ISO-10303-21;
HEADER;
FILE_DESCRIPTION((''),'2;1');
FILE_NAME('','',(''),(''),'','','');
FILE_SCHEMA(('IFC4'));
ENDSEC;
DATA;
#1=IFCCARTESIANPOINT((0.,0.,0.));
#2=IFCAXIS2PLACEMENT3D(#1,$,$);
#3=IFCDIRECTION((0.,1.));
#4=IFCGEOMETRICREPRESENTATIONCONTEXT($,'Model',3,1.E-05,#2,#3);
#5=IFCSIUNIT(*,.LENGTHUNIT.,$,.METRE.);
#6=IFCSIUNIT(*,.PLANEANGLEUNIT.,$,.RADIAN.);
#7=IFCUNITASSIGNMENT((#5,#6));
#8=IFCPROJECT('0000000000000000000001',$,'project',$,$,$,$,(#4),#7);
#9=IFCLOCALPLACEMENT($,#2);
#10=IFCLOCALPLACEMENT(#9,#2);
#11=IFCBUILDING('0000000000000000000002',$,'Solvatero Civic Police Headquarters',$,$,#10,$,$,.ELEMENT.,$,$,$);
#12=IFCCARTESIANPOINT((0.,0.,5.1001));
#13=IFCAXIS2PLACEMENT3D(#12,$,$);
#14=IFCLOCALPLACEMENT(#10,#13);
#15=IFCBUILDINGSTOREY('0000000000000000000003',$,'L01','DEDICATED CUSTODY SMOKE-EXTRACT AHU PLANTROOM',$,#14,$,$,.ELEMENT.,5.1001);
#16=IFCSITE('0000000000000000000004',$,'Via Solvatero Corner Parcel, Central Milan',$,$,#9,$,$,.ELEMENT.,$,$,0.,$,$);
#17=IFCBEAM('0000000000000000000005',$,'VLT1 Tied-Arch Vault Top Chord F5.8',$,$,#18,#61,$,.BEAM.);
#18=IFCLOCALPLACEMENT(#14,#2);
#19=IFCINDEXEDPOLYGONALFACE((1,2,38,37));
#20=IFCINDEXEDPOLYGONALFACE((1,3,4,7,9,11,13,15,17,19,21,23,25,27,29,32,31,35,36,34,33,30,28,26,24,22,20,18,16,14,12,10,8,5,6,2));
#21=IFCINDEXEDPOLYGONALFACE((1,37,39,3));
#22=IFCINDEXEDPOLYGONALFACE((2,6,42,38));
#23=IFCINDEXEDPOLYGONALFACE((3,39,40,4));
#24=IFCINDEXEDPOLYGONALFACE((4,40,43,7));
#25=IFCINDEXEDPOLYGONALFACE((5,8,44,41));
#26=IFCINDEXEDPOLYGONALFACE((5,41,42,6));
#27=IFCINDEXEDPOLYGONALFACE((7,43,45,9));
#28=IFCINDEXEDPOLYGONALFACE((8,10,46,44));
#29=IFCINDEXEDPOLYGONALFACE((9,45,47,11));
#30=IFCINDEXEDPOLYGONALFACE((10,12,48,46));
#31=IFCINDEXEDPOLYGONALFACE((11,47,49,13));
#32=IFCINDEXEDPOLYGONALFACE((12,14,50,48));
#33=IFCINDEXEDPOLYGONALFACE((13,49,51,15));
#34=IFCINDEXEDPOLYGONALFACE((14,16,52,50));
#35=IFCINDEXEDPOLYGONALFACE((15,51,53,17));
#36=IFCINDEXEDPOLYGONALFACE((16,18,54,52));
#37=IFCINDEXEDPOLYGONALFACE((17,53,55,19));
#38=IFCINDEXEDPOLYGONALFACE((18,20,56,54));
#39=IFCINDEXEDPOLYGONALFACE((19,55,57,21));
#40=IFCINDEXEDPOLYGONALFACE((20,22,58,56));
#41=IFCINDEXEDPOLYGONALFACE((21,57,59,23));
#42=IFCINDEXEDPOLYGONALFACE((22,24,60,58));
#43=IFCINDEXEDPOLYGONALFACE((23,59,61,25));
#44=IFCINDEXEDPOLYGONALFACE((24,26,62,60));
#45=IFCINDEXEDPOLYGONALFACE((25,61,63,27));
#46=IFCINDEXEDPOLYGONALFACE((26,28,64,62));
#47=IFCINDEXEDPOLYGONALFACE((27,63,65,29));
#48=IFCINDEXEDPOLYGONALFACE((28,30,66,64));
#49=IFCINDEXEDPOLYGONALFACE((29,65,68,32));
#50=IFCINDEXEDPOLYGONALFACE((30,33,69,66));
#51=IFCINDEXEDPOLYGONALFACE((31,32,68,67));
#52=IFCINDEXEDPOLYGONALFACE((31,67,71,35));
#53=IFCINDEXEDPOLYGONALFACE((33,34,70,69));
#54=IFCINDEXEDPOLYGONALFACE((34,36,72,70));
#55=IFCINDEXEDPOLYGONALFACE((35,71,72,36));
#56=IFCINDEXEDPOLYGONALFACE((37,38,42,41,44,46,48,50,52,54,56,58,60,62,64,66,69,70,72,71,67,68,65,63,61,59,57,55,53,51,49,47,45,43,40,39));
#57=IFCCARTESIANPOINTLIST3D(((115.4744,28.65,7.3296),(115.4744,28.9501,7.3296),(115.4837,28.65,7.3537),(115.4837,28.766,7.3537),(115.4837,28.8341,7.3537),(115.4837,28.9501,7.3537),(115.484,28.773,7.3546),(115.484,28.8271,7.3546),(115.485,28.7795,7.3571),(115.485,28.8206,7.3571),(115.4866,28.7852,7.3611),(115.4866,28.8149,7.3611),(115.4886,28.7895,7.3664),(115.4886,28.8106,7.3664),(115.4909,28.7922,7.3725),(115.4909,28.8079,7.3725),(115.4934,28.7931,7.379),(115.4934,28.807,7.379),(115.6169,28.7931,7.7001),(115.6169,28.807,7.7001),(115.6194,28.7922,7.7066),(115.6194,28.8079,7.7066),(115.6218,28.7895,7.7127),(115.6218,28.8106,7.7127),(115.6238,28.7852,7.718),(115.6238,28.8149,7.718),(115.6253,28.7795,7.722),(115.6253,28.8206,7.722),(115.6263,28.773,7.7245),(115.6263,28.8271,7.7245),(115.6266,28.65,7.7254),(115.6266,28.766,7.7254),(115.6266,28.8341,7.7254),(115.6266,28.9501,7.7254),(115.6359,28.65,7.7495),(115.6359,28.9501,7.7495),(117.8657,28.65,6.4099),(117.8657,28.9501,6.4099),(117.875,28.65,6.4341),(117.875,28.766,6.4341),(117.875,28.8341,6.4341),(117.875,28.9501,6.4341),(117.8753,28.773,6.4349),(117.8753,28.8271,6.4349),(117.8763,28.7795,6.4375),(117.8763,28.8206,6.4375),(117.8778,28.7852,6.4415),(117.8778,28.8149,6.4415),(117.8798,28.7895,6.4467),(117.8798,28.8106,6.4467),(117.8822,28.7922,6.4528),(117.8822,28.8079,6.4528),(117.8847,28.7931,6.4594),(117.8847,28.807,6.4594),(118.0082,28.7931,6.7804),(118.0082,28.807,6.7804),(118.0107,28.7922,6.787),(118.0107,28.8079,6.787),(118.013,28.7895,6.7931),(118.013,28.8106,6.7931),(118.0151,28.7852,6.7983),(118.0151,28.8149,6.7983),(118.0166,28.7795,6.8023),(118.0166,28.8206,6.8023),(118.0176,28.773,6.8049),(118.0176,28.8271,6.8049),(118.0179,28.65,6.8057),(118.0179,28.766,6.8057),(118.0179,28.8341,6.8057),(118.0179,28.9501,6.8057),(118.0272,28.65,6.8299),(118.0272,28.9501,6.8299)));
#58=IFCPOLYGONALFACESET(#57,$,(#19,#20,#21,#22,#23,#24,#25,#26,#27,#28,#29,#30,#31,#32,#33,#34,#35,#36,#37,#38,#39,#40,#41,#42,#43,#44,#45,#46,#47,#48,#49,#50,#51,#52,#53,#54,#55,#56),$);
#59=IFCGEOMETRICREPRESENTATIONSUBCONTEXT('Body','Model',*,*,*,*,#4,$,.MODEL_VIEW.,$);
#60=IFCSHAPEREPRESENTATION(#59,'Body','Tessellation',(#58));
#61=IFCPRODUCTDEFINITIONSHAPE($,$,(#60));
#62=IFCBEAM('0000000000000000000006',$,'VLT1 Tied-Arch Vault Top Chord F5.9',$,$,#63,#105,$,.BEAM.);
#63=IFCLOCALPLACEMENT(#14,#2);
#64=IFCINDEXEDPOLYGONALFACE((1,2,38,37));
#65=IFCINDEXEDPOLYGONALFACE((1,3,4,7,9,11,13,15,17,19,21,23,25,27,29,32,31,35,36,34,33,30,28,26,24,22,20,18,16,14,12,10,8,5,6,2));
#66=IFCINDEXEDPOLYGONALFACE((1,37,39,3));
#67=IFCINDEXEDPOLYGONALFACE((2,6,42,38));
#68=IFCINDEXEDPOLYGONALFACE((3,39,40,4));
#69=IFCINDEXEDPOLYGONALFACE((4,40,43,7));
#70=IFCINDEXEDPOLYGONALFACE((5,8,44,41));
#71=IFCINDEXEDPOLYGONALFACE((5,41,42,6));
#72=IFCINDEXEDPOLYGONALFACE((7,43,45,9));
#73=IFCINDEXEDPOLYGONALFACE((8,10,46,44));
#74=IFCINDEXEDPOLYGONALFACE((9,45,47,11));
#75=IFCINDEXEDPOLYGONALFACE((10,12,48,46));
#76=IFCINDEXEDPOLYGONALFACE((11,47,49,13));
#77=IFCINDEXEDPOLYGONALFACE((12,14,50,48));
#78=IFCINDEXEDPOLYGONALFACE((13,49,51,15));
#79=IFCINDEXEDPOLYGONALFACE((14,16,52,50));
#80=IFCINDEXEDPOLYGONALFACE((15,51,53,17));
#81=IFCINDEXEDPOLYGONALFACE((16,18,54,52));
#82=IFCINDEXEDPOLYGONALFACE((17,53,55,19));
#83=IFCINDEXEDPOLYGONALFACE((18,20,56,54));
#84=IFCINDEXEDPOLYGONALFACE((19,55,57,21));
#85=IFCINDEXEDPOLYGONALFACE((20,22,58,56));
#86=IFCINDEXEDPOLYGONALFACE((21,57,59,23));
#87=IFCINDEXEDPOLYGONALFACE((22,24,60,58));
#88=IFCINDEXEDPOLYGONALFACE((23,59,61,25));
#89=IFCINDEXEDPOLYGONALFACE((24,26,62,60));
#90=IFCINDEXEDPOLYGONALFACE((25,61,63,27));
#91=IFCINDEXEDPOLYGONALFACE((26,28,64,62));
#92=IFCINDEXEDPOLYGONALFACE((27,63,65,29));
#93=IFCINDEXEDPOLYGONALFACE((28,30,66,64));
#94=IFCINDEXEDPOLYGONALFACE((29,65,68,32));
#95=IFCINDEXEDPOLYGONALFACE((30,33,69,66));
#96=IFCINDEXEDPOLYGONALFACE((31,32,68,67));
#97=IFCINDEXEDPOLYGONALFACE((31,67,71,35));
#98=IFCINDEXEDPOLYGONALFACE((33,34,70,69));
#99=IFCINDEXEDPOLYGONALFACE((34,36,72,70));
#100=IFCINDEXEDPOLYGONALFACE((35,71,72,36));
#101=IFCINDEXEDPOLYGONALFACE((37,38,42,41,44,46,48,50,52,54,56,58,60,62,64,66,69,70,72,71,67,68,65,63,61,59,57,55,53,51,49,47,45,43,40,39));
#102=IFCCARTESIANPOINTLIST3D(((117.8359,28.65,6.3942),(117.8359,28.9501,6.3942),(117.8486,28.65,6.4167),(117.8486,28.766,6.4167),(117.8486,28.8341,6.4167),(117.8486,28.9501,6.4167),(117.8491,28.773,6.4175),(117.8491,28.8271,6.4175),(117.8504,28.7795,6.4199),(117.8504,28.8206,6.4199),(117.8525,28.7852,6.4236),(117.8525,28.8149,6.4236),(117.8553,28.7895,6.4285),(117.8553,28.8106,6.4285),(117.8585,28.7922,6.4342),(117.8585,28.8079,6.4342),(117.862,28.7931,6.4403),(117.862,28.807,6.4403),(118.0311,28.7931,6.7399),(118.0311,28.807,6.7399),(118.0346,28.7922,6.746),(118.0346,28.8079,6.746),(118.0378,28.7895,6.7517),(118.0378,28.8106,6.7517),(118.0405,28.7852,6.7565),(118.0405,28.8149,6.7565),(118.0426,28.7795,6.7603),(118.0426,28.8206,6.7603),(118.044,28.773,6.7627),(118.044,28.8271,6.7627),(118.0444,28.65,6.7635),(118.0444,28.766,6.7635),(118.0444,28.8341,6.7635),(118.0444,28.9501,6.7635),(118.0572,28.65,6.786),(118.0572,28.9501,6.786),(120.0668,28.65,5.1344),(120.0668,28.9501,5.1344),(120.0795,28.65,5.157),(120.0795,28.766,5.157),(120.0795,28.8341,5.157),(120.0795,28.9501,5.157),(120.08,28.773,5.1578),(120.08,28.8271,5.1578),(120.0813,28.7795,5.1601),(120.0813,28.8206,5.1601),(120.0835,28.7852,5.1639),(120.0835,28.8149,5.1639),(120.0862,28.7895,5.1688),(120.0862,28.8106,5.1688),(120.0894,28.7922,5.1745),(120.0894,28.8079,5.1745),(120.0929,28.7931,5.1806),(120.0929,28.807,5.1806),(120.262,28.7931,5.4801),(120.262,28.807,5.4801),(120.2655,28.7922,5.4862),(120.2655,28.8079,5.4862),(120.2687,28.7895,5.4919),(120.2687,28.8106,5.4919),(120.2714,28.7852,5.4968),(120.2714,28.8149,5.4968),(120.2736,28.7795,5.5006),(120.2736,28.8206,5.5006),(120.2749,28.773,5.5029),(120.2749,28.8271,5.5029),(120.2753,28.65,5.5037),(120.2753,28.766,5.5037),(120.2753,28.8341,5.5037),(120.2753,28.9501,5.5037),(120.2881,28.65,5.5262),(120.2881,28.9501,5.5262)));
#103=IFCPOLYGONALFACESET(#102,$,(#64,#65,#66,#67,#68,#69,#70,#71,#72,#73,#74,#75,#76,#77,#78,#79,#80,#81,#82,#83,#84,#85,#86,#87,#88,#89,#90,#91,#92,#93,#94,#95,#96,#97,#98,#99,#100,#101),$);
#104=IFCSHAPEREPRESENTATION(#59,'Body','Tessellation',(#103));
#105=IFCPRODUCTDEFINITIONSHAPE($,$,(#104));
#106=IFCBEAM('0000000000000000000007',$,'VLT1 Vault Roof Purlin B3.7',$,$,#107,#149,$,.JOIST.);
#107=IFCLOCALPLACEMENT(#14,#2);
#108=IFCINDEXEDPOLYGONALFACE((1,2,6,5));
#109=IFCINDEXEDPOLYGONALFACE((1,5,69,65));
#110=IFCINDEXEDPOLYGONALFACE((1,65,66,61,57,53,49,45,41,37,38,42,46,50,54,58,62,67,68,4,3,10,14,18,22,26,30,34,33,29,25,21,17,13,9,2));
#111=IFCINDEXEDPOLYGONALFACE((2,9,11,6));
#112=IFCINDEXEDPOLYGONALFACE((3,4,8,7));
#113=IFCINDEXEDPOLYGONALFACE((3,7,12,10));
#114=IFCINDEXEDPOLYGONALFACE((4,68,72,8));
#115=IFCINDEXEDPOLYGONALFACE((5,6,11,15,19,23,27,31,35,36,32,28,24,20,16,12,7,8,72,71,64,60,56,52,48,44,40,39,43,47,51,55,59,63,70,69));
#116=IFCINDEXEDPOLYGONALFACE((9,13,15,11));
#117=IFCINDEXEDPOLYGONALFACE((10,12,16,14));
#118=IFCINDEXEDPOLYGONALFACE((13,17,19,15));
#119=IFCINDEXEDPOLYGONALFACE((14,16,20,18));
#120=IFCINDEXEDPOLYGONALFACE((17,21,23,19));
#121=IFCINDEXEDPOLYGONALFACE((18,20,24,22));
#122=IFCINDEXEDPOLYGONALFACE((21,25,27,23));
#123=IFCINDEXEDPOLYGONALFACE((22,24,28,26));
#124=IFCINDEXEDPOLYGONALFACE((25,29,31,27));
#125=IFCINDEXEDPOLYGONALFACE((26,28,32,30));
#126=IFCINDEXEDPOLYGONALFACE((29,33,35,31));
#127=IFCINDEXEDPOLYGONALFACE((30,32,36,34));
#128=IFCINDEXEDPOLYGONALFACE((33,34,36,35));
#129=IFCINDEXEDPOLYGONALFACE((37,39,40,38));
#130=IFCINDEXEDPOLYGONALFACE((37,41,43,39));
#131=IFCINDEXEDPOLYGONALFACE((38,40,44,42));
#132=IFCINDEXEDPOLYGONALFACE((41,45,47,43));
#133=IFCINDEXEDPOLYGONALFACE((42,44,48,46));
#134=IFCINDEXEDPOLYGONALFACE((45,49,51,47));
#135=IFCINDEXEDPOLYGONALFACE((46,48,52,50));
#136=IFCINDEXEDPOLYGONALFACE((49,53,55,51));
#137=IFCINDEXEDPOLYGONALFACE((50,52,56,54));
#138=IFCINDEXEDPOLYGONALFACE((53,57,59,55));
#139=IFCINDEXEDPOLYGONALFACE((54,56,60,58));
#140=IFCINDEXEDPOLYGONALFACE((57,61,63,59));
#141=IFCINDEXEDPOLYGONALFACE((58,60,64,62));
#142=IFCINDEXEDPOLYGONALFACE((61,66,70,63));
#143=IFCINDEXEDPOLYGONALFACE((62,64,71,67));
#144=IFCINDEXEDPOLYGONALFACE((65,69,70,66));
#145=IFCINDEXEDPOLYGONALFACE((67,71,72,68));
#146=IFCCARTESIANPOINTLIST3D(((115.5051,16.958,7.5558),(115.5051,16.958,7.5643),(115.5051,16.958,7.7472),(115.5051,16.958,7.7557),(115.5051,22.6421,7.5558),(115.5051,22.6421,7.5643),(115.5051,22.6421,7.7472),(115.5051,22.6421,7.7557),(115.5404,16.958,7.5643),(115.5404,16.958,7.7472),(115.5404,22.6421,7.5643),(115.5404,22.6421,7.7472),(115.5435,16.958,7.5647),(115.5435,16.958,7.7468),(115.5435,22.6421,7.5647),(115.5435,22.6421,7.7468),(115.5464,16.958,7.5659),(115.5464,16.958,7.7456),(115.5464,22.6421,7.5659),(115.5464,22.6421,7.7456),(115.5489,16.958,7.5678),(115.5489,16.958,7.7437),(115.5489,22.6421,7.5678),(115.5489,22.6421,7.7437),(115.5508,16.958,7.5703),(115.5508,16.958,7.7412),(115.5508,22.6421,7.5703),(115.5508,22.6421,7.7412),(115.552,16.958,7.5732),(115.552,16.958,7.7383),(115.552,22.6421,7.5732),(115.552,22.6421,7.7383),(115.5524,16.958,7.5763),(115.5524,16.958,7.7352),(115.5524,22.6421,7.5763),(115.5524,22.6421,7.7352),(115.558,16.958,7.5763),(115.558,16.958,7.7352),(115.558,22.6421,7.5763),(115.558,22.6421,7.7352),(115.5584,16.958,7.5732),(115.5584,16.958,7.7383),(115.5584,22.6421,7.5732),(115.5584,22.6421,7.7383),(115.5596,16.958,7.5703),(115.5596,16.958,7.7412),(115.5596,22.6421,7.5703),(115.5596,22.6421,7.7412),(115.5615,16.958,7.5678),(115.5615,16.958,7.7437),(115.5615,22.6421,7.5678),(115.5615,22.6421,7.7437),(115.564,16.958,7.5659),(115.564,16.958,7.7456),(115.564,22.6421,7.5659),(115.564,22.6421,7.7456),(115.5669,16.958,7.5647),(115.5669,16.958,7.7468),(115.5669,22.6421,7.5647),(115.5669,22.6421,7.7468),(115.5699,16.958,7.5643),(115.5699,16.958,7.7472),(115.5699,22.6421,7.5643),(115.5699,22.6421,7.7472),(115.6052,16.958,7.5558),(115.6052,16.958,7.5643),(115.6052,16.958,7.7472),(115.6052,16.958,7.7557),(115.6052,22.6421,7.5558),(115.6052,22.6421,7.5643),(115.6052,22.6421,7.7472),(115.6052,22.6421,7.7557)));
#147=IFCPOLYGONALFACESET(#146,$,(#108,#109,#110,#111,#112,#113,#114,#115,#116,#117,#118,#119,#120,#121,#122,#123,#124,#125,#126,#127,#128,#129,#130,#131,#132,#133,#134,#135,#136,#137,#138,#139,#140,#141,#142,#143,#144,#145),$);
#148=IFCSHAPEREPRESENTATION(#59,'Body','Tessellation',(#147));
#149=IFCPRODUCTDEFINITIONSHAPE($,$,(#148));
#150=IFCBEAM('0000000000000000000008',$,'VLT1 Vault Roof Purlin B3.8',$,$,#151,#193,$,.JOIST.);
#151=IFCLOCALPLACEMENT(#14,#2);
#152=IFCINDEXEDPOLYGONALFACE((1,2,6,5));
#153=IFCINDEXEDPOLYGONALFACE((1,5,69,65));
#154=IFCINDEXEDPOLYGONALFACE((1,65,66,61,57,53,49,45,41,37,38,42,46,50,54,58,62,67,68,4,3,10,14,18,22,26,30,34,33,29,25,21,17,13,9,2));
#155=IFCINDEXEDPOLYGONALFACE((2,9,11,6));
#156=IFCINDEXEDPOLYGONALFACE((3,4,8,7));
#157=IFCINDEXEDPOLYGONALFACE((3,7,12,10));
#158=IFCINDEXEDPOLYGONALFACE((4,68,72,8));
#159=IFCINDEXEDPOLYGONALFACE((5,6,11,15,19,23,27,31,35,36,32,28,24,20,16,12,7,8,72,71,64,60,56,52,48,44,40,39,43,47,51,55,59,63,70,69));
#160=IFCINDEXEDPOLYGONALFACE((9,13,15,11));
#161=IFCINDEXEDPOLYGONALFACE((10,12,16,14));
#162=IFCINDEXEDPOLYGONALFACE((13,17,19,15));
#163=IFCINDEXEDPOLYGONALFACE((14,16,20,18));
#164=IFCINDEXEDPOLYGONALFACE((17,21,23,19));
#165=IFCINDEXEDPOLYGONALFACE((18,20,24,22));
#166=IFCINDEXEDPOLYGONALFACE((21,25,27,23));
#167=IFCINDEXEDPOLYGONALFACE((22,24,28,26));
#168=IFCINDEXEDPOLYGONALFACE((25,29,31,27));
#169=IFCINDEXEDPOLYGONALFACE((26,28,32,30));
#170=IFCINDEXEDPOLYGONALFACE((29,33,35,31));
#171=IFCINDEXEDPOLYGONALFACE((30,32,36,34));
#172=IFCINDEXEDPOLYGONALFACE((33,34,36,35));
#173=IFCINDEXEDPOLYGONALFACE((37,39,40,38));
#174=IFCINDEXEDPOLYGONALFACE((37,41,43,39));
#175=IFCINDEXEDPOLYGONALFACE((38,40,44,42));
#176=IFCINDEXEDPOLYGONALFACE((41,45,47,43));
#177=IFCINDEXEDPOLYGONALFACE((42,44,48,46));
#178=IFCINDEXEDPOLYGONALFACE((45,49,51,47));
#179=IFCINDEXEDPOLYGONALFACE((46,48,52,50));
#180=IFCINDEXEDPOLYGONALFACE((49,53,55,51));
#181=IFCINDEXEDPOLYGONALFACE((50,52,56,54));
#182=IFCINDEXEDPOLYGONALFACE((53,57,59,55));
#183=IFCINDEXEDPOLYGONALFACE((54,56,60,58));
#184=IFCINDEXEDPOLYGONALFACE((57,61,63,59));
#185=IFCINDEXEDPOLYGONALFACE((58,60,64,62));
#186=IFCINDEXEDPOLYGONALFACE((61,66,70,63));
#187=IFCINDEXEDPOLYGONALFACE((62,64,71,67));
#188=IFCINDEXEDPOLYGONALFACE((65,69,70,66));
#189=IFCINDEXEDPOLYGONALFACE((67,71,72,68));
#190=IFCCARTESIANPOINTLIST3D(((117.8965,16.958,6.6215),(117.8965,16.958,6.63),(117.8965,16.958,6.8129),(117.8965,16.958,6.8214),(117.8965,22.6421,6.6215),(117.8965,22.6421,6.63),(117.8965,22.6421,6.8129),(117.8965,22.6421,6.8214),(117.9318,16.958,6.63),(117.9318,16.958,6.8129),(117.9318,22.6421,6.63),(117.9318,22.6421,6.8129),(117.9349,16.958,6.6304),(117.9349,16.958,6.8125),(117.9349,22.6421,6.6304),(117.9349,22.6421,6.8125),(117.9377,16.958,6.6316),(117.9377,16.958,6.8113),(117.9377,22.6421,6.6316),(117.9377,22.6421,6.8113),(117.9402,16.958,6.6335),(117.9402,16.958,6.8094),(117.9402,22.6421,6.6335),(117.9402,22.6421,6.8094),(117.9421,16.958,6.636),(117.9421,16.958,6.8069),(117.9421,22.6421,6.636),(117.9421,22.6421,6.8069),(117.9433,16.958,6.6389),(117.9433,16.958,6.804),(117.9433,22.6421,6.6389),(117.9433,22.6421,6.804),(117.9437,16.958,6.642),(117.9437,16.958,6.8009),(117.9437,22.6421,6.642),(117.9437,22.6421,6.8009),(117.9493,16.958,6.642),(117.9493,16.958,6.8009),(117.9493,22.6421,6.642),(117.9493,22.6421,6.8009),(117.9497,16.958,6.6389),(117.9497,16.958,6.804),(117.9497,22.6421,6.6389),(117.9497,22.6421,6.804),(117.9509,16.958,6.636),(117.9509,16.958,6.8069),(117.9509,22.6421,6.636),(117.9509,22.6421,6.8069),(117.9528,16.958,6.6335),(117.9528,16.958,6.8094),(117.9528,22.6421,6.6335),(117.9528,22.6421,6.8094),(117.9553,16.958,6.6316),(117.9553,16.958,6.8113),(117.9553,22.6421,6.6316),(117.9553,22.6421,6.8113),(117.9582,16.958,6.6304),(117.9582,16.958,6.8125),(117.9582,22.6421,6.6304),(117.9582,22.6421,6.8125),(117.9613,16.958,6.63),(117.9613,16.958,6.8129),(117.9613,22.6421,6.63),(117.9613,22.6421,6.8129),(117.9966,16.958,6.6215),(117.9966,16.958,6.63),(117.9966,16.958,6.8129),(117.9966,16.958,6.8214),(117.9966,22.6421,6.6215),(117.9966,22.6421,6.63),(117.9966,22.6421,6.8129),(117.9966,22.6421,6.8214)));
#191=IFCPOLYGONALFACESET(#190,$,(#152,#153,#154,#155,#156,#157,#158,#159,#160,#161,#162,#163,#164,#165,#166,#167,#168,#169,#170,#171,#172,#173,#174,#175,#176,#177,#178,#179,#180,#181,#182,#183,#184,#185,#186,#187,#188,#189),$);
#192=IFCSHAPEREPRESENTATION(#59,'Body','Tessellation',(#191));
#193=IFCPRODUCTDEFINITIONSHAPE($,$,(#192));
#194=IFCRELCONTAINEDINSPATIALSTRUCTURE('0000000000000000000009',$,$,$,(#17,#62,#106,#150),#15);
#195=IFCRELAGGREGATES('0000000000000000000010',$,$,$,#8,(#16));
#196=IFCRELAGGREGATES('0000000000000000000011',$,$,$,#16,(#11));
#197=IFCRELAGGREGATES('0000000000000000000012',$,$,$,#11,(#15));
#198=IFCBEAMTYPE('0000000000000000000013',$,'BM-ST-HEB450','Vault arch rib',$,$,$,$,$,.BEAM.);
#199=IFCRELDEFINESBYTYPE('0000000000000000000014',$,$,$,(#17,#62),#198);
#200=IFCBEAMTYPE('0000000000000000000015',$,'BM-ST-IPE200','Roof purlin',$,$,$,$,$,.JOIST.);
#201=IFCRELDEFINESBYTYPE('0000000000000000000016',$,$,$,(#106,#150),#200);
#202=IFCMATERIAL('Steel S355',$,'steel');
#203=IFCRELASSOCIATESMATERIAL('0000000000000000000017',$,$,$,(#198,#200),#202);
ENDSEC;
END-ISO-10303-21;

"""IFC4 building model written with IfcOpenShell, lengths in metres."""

from ifc_helpers import new_model, si_unit, direction, frame, origin, origin_2d, place, context, subcontext, project, spatial, i_section, extrude, material, material_profile, profile_set, type_object, element, save


model = new_model("IFC4")

# Units and contexts
model_context = context("Model", 3, precision=1e-05, world=origin(), true_north=direction((0.0, 1.0)))
body_context = subcontext(model_context, "Body", "Model", "MODEL_VIEW")
ifc_project = project(units=[si_unit("LENGTHUNIT", "METRE"), si_unit("PLANEANGLEUNIT", "RADIAN")], contexts=[model_context])

# Site, building, storey
site_placement = place(None, origin())
site = spatial("IfcSite", under=ifc_project, at=site_placement, Name="Via Solvatero Corner Parcel, Central Milan", CompositionType="ELEMENT", RefElevation=0.0)
building_placement = place(site_placement, origin())
building = spatial("IfcBuilding", under=site, at=building_placement, Name="Solvatero Civic Police Headquarters", CompositionType="ELEMENT")
storey_placement = place(building_placement, frame((0.0, 0.0, 5.1001)))
storey = spatial("IfcBuildingStorey", under=building, at=storey_placement, Name="L01", Description="DEDICATED CUSTODY SMOKE-EXTRACT AHU PLANTROOM", CompositionType="ELEMENT", Elevation=5.1001)

# Beams
ifc_material = material(Name="Steel S355", Category="steel")
ifc_material_profile_1 = material_profile(ifc_material, i_section(OverallWidth=0.3, OverallDepth=0.45, WebThickness=0.0139, FlangeThickness=0.0259, FilletRadius=0.0271, at=origin_2d()), Name="HEB 450")
ifc_profile_set_1 = profile_set([ifc_material_profile_1], Name="Steel S355")
beam_type_1 = type_object("IfcBeamType", Name="BM-ST-HEB450", Description="Vault arch rib", PredefinedType="BEAM", material=ifc_profile_set_1)
for number, where, z_axis, x_axis, name in (
    (1, (115.5552, 28.8, 7.5396), (0.933355, 0.0, -0.358954), (0.0, 1.0, 0.0), "VLT1 Tied-Arch Vault Top Chord F5.8"),
    (2, (117.9465, 28.8, 6.5901), (0.870765, 0.0, -0.491699), (0.0, 1.0, 0.0), "VLT1 Tied-Arch Vault Top Chord F5.9"),
):
    element("IfcBeam", number, at=place(storey_placement, frame(where, z_axis=z_axis, x_axis=x_axis)), inside=storey, type_object=beam_type_1, Name=name, PredefinedType="BEAM", context=body_context, shape_type="SweptSolid", body=[
        extrude(i_section(OverallWidth=0.3, OverallDepth=0.45, WebThickness=0.0139, FlangeThickness=0.0259, FilletRadius=0.0271, at=origin_2d()), origin(), (0.0, 0.0, 1.0), 2.562),
    ])
ifc_material_profile_2 = material_profile(ifc_material, i_section(OverallWidth=0.1001, OverallDepth=0.2, WebThickness=0.0056, FlangeThickness=0.0085, FilletRadius=0.012, at=origin_2d()), Name="IPE 200")
ifc_profile_set_2 = profile_set([ifc_material_profile_2], Name="Steel S355")
beam_type_2 = type_object("IfcBeamType", Name="BM-ST-IPE200", Description="Roof purlin", PredefinedType="JOIST", material=ifc_profile_set_2)
for number, where, z_axis, x_axis, name in (
    (3, (115.5552, 16.958, 7.6558), (0.0, 1.0, 0.0), (-1.0, 0.0, 0.0), "VLT1 Vault Roof Purlin B3.7"),
    (4, (117.9465, 16.958, 6.7214), (0.0, 1.0, 0.0), (-1.0, 0.0, 0.0), "VLT1 Vault Roof Purlin B3.8"),
):
    element("IfcBeam", number, at=place(storey_placement, frame(where, z_axis=z_axis, x_axis=x_axis)), inside=storey, type_object=beam_type_2, Name=name, PredefinedType="JOIST", context=body_context, shape_type="SweptSolid", body=[
        extrude(i_section(OverallWidth=0.1001, OverallDepth=0.2, WebThickness=0.0056, FlangeThickness=0.0085, FilletRadius=0.012, at=origin_2d()), origin(), (0.0, 0.0, 1.0), 5.6841),
    ])

save(model, "model.ifc")
